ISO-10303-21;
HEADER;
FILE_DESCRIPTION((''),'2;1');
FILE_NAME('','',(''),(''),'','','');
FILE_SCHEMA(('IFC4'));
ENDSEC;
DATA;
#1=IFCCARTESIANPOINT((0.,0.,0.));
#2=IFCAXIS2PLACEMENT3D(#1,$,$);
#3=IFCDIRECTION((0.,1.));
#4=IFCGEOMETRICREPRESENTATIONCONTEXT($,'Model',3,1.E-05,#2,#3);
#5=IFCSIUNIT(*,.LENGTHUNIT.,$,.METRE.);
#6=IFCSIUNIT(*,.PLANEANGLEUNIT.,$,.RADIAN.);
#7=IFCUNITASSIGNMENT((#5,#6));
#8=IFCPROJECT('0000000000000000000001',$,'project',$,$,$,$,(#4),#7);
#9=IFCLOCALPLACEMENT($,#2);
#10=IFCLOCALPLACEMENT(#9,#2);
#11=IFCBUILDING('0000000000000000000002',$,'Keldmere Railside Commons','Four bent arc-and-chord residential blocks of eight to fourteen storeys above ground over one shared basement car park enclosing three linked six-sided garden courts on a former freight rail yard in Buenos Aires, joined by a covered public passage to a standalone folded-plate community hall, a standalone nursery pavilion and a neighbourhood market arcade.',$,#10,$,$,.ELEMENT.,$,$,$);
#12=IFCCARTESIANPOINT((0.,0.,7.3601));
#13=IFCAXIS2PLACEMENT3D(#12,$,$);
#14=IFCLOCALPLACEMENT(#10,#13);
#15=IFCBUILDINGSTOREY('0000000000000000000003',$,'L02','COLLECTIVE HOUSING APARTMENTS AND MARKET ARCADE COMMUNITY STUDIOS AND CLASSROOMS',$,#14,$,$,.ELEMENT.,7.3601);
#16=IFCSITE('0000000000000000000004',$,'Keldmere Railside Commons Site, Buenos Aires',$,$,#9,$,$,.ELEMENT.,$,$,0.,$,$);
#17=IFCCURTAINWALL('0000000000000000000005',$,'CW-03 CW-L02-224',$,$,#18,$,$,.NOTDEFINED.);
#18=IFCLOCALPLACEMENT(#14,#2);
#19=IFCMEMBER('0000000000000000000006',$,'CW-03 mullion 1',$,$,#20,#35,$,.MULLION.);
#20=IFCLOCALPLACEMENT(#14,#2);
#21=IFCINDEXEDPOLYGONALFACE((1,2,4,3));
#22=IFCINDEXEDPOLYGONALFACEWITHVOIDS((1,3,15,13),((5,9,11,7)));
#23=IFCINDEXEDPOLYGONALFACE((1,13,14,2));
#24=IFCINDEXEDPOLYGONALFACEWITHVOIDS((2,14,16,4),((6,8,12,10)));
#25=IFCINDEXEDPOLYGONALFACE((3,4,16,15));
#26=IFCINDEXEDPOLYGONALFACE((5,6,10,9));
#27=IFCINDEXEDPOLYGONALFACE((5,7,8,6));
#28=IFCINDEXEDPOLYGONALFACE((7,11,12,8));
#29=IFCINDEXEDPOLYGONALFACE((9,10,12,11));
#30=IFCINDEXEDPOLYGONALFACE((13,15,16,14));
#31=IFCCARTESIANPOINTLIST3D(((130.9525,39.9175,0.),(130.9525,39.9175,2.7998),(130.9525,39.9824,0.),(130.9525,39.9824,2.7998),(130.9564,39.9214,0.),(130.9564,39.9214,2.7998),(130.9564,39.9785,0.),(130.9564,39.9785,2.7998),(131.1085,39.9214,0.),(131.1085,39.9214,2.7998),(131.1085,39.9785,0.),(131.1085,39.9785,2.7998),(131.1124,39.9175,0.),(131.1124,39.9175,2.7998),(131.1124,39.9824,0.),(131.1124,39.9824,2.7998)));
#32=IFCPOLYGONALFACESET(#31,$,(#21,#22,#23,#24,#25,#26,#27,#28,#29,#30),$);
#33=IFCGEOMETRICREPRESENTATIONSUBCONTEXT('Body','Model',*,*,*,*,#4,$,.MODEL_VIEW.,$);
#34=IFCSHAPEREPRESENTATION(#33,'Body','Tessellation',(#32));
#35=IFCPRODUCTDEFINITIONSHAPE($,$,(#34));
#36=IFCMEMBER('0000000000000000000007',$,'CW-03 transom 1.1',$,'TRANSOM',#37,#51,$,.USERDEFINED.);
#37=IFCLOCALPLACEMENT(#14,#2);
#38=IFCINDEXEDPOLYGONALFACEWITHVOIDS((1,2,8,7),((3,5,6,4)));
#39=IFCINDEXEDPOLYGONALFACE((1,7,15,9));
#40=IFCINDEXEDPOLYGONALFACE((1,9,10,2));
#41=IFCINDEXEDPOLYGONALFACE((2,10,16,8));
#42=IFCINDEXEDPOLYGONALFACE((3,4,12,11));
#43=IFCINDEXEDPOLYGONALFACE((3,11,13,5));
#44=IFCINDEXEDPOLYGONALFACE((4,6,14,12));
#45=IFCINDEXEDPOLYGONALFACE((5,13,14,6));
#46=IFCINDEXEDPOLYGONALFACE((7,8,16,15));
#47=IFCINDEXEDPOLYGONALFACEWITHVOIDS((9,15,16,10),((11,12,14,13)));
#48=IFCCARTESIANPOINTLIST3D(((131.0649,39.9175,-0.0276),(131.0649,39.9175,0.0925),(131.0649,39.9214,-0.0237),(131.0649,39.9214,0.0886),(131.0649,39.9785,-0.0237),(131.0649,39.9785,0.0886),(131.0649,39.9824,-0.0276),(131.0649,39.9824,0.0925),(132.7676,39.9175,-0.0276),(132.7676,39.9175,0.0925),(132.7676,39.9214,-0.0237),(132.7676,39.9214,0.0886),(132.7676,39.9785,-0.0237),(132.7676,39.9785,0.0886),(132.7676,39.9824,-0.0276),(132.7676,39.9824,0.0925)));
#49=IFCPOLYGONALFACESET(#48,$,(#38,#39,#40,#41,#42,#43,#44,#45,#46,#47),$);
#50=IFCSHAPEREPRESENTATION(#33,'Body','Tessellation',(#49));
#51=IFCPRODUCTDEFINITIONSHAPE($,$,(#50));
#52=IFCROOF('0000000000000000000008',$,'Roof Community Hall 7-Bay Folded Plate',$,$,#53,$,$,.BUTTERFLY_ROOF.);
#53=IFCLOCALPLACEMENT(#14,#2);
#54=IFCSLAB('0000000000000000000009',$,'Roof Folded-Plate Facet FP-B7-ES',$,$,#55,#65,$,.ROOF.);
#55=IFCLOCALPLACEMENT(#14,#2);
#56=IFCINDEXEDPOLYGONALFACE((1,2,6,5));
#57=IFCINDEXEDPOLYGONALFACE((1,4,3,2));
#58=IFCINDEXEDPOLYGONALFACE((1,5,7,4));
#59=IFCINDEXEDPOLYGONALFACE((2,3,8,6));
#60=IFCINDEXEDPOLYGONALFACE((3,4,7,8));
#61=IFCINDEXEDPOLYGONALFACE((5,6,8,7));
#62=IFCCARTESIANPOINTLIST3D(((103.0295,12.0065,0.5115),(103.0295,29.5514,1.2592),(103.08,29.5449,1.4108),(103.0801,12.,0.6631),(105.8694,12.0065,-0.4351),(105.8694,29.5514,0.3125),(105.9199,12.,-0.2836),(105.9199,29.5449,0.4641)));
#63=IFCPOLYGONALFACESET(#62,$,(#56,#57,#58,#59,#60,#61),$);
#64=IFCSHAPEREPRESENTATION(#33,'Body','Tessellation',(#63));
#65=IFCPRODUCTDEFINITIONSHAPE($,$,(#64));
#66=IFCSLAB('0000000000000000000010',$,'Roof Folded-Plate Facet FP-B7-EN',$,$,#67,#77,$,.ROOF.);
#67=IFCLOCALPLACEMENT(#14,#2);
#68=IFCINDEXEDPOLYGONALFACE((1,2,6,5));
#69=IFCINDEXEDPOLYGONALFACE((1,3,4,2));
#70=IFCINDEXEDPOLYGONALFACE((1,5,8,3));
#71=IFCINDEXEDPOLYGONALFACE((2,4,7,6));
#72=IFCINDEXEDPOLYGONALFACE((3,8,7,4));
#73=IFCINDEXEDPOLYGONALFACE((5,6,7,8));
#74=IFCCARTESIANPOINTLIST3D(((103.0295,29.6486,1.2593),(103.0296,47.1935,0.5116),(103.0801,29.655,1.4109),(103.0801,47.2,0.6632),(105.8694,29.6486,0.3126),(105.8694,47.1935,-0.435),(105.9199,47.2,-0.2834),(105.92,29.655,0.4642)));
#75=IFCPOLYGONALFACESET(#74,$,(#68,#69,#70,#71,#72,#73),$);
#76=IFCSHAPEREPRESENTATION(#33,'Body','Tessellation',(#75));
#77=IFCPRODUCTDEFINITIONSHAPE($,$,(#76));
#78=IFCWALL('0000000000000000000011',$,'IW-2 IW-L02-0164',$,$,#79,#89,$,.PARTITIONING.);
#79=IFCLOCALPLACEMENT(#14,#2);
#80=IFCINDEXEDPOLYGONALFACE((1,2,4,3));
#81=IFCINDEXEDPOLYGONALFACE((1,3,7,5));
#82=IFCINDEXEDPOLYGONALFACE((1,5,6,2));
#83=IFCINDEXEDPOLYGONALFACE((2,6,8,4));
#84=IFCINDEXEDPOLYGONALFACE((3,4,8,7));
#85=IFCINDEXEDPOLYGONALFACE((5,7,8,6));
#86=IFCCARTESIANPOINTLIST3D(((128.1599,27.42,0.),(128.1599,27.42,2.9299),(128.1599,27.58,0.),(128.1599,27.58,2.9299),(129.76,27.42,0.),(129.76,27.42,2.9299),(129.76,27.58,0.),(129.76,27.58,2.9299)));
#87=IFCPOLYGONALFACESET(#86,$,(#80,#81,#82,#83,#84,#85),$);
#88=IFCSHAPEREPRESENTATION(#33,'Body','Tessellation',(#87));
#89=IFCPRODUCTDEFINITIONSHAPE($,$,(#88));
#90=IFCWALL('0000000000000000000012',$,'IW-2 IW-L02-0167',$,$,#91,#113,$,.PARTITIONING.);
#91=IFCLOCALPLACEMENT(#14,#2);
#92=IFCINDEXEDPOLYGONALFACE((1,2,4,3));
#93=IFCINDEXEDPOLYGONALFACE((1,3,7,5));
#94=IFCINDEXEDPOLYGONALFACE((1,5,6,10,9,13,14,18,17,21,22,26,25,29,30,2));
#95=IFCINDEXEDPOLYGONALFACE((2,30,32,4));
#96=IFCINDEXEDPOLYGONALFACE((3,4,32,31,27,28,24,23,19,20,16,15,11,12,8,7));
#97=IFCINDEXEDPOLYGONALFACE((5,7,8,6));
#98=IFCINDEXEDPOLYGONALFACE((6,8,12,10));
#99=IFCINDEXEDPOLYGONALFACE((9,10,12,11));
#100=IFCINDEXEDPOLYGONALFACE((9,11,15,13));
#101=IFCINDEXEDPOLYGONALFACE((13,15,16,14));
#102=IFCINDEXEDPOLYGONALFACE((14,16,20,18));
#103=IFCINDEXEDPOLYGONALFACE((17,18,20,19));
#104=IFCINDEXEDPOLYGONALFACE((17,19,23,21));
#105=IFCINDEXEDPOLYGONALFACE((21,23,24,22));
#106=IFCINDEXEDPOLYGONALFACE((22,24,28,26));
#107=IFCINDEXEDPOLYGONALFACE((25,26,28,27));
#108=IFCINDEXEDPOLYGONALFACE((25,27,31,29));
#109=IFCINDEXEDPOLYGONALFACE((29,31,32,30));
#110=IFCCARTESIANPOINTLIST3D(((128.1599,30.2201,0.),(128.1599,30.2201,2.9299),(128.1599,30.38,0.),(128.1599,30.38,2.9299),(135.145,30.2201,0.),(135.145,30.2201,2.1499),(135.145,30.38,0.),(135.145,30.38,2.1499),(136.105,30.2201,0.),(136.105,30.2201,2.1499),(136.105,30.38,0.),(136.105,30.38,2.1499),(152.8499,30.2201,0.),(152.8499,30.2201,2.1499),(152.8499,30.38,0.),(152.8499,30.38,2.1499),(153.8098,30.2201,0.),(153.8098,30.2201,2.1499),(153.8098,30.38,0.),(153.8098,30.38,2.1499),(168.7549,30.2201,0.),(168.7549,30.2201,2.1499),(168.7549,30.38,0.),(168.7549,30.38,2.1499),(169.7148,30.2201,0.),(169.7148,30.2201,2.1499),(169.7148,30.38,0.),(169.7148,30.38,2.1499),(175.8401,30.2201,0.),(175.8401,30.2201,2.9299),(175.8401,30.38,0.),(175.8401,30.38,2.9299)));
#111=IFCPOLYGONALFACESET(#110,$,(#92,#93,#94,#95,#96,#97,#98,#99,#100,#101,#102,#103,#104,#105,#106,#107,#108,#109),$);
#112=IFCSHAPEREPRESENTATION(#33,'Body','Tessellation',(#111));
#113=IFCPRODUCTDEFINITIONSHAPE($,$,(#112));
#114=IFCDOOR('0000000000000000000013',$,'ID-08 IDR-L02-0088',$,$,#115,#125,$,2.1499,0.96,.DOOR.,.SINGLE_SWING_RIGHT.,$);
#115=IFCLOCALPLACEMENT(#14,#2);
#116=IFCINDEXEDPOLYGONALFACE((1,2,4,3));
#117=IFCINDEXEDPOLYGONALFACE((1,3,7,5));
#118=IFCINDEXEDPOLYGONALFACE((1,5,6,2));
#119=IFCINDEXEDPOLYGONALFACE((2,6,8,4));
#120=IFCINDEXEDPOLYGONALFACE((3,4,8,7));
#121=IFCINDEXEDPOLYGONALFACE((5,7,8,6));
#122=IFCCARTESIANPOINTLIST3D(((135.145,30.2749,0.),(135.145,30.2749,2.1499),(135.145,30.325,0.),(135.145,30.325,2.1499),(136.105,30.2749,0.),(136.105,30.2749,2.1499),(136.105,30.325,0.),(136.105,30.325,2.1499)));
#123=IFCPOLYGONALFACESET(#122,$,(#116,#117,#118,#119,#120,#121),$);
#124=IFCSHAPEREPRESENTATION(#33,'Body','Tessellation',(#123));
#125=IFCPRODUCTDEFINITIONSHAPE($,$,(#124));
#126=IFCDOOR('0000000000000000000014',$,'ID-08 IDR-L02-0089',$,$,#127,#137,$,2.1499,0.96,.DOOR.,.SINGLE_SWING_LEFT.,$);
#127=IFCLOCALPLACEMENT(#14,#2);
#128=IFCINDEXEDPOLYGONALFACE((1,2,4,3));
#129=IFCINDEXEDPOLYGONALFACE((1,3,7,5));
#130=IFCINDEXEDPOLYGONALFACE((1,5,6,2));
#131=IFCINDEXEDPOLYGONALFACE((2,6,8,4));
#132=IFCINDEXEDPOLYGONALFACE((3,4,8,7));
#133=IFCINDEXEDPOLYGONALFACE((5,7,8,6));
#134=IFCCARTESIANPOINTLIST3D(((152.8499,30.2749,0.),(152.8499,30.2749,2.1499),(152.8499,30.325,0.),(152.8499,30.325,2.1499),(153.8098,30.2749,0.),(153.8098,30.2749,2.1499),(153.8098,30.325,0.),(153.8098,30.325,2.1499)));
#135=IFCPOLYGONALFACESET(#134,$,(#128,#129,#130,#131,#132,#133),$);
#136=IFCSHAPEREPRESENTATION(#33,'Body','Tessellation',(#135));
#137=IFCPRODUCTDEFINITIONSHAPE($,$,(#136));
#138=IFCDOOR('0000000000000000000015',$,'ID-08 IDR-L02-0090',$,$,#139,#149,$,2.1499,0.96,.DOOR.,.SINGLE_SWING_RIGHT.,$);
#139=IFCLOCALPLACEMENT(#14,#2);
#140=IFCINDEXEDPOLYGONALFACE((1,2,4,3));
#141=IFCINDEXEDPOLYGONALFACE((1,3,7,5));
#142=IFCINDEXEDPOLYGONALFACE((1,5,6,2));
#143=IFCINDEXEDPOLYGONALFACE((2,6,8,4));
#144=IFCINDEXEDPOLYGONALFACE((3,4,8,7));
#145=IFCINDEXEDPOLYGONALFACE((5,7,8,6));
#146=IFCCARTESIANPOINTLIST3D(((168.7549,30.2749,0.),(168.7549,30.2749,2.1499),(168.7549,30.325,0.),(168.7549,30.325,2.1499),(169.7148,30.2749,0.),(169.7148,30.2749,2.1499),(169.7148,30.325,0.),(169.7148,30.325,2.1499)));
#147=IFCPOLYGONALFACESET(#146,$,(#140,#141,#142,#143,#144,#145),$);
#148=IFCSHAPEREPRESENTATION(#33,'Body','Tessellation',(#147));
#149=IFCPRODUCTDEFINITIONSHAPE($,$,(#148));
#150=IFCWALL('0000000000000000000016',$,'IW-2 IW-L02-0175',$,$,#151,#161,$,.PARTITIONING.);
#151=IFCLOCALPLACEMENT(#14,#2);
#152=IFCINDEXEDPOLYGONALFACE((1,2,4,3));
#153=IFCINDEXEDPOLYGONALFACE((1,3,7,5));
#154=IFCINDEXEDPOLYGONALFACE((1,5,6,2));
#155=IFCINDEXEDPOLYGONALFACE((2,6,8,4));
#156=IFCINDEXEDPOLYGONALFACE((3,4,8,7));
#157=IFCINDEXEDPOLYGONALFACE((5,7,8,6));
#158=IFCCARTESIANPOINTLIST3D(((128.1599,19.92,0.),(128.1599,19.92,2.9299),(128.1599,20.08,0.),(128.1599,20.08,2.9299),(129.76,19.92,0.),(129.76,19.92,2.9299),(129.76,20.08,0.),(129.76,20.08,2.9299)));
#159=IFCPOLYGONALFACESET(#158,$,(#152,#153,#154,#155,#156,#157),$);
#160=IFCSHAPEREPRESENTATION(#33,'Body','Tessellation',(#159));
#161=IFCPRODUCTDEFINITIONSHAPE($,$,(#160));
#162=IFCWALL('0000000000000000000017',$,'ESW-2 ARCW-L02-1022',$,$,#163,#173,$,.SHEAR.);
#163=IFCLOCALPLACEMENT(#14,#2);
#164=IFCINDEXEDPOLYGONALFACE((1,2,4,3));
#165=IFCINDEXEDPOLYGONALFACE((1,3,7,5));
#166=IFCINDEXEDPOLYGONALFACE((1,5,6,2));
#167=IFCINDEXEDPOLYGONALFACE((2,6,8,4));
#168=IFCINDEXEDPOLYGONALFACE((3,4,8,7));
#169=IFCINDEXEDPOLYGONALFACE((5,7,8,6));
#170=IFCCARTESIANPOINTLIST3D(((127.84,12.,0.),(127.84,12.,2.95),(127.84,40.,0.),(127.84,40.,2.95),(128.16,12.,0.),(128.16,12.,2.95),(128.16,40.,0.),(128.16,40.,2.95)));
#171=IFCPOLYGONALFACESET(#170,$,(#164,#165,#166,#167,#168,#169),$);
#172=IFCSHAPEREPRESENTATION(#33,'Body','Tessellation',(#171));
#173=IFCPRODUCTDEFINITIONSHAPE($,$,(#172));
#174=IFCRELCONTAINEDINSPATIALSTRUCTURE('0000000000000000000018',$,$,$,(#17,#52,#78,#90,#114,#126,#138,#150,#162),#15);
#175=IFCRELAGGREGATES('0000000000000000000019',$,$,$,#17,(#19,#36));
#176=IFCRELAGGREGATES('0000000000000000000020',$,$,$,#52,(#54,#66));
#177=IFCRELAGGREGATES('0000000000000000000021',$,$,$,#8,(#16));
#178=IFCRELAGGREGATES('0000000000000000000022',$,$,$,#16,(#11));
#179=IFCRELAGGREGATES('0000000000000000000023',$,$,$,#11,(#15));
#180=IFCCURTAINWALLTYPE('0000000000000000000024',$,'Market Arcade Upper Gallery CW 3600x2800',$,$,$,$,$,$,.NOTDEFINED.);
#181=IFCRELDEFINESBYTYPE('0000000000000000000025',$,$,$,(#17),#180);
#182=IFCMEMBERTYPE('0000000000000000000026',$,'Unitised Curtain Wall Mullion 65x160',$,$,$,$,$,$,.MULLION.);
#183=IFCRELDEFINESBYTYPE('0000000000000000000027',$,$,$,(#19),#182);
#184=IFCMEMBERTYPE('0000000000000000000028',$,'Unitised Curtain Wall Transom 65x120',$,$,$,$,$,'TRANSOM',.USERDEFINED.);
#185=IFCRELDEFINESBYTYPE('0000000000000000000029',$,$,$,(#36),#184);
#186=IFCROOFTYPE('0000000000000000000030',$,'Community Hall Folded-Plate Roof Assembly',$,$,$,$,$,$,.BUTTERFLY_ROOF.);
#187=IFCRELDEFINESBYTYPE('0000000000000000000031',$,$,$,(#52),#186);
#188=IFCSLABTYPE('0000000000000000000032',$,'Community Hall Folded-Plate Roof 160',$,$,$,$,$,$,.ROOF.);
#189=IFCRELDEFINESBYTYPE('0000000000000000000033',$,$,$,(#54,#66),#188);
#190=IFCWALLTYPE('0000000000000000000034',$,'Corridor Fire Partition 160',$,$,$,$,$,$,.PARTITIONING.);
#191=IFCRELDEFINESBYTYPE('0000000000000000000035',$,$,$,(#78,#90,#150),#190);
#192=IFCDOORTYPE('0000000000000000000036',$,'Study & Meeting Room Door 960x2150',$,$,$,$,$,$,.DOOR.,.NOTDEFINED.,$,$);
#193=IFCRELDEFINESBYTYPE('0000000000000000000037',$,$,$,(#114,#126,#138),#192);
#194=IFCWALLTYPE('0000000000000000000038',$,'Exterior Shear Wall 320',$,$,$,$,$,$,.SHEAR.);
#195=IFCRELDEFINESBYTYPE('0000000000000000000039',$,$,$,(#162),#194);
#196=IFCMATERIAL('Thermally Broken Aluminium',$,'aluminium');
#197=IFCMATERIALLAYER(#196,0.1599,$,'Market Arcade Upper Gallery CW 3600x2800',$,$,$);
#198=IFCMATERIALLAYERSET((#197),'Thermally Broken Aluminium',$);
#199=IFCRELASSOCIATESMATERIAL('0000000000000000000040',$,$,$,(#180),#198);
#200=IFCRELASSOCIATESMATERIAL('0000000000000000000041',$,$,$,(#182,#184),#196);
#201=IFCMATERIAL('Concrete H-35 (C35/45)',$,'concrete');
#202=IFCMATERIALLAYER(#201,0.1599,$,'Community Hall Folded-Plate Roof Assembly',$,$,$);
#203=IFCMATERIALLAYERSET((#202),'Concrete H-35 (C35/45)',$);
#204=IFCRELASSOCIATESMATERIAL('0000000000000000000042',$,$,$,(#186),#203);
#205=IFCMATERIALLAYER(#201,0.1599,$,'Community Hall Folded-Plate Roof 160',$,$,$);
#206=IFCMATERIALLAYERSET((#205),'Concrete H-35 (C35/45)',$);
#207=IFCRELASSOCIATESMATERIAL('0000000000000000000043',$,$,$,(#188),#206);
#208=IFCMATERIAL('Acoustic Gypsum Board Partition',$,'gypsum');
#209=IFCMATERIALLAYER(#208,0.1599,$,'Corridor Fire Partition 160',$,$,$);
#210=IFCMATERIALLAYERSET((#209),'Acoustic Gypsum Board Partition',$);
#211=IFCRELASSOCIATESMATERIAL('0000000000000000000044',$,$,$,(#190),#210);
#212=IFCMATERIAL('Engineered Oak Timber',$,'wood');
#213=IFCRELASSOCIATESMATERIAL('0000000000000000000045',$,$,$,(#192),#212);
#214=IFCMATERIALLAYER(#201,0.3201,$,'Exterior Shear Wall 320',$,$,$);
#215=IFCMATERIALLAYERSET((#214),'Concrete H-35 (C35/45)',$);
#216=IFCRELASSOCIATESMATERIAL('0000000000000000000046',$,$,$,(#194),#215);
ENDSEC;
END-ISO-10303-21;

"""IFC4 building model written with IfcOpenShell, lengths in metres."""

from ifc_helpers import new_model, si_unit, direction, frame, frame_2d, origin, origin_2d, place, context, subcontext, project, spatial, polyline, rectangle, hollow_rectangle, outline, extrude, material, layer, layer_set, material_profile, profile_set, type_object, element, fill, aggregate, save


model = new_model("IFC4")

# Units and contexts
model_context = context("Model", 3, precision=1e-05, world=origin(), true_north=direction((0.0, 1.0)))
body_context = subcontext(model_context, "Body", "Model", "MODEL_VIEW")
ifc_project = project(units=[si_unit("LENGTHUNIT", "METRE"), si_unit("PLANEANGLEUNIT", "RADIAN")], contexts=[model_context])

# Site, building, storey
site_placement = place(None, origin())
site = spatial("IfcSite", under=ifc_project, at=site_placement, Name="Keldmere Railside Commons Site, Buenos Aires", CompositionType="ELEMENT", RefElevation=0.0)
building_placement = place(site_placement, origin())
building = spatial("IfcBuilding", under=site, at=building_placement, Name="Keldmere Railside Commons", Description="Four bent arc-and-chord residential blocks of eight to fourteen storeys above ground over one shared basement car park enclosing three linked six-sided garden courts on a former freight rail yard in Buenos Aires, joined by a covered public passage to a standalone folded-plate community hall, a standalone nursery pavilion and a neighbourhood market arcade.", CompositionType="ELEMENT")
storey_placement = place(building_placement, frame((0.0, 0.0, 7.3601)))
storey = spatial("IfcBuildingStorey", under=building, at=storey_placement, Name="L02", Description="COLLECTIVE HOUSING APARTMENTS AND MARKET ARCADE COMMUNITY STUDIOS AND CLASSROOMS", CompositionType="ELEMENT", Elevation=7.3601)

# Shared definitions
ifc_material_1 = material(Name="Concrete H-35 (C35/45)", Category="concrete")

# Curtain wall, members
ifc_material_2 = material(Name="Thermally Broken Aluminium", Category="aluminium")
ifc_layer_1 = layer(ifc_material_2, 0.1599, Name="Market Arcade Upper Gallery CW 3600x2800")
ifc_layer_set_1 = layer_set([ifc_layer_1], Name="Thermally Broken Aluminium")
curtain_wall_type = type_object("IfcCurtainWallType", Name="Market Arcade Upper Gallery CW 3600x2800", PredefinedType="NOTDEFINED", material=ifc_layer_set_1)
curtain_wall_placement = place(storey_placement, origin())
curtain_wall = element("IfcCurtainWall", 1, at=curtain_wall_placement, inside=storey, type_object=curtain_wall_type, Name="CW-03 CW-L02-224", PredefinedType="NOTDEFINED")
ifc_material_profile_1 = material_profile(ifc_material_2, hollow_rectangle(XDim=0.0649, YDim=0.1599, WallThickness=0.0039, at=origin_2d()), Name="ALU-MULL-65x160")
ifc_profile_set_1 = profile_set([ifc_material_profile_1], Name="Thermally Broken Aluminium")
member_type_1 = type_object("IfcMemberType", Name="Unitised Curtain Wall Mullion 65x160", PredefinedType="MULLION", material=ifc_profile_set_1)
member_1_placement = place(storey_placement, frame((131.0325, 39.95, 0.0), z_axis=(0.0, 0.0, 1.0), x_axis=(0.0, 1.0, 0.0)))
member_1 = element("IfcMember", 2, at=member_1_placement, type_object=member_type_1, Name="CW-03 mullion 1", PredefinedType="MULLION", context=body_context, shape_type="SweptSolid", body=[
    extrude(hollow_rectangle(XDim=0.0649, YDim=0.1599, WallThickness=0.0039, at=origin_2d()), origin(), (0.0, 0.0, 1.0), 2.7998),
])
ifc_material_profile_2 = material_profile(ifc_material_2, hollow_rectangle(XDim=0.0649, YDim=0.1201, WallThickness=0.0039, at=origin_2d()), Name="ALU-TRAN-65x120")
ifc_profile_set_2 = profile_set([ifc_material_profile_2], Name="Thermally Broken Aluminium")
member_type_2 = type_object("IfcMemberType", Name="Unitised Curtain Wall Transom 65x120", ElementType="TRANSOM", PredefinedType="USERDEFINED", material=ifc_profile_set_2)
member_2_placement = place(storey_placement, frame((131.0649, 39.95, 0.0325), z_axis=(1.0, 0.0, 0.0), x_axis=(0.0, 1.0, 0.0)))
member_2 = element("IfcMember", 3, at=member_2_placement, type_object=member_type_2, Name="CW-03 transom 1.1", ObjectType="TRANSOM", PredefinedType="USERDEFINED", context=body_context, shape_type="SweptSolid", body=[
    extrude(hollow_rectangle(XDim=0.0649, YDim=0.1201, WallThickness=0.0039, at=origin_2d()), origin(), (0.0, 0.0, 1.0), 1.7026),
])
aggregate(curtain_wall, [member_1, member_2])

# Roof, slabs
ifc_layer_2 = layer(ifc_material_1, 0.1599, Name="Community Hall Folded-Plate Roof Assembly")
ifc_layer_set_2 = layer_set([ifc_layer_2], Name="Concrete H-35 (C35/45)")
roof_type = type_object("IfcRoofType", Name="Community Hall Folded-Plate Roof Assembly", PredefinedType="BUTTERFLY_ROOF", material=ifc_layer_set_2)
roof_placement = place(storey_placement, origin())
roof = element("IfcRoof", 4, at=roof_placement, inside=storey, type_object=roof_type, Name="Roof Community Hall 7-Bay Folded Plate", PredefinedType="BUTTERFLY_ROOF")
ifc_layer_3 = layer(ifc_material_1, 0.1599, Name="Community Hall Folded-Plate Roof 160")
ifc_layer_set_3 = layer_set([ifc_layer_3], Name="Concrete H-35 (C35/45)")
slab_type = type_object("IfcSlabType", Name="Community Hall Folded-Plate Roof 160", PredefinedType="ROOF", material=ifc_layer_set_3)
slab_1_placement = place(storey_placement, frame((103.0801, 12.0, 0.6631), z_axis=(0.315982, -0.040395, 0.947905), x_axis=(0.948679, 0.000002, -0.31624)))
slab_1 = element("IfcSlab", 5, at=slab_1_placement, type_object=slab_type, Name="Roof Folded-Plate Facet FP-B7-ES", PredefinedType="ROOF", context=body_context, shape_type="SweptSolid", body=[
    extrude(outline(polyline([(0.0, 0.0), (2.9934, 0.0), (2.7571, 17.5592), (-0.2365, 17.5593), (0.0, 0.0)])), origin(), (0.0, 0.0, -1.0), 0.1599),
])
slab_2_placement = place(storey_placement, frame((103.0801, 29.655, 1.4109), z_axis=(0.315982, 0.040395, 0.947905), x_axis=(0.948679, 0.000002, -0.31624)))
slab_2 = element("IfcSlab", 6, at=slab_2_placement, type_object=slab_type, Name="Roof Folded-Plate Facet FP-B7-EN", PredefinedType="ROOF", context=body_context, shape_type="SweptSolid", body=[
    extrude(outline(polyline([(0.0, 0.0), (2.9935, 0.0), (3.2299, 17.5592), (0.2365, 17.5593), (0.0, 0.0)])), origin(), (0.0, 0.0, -1.0), 0.1599),
])
aggregate(roof, [slab_1, slab_2])

# Wall
ifc_material_3 = material(Name="Acoustic Gypsum Board Partition", Category="gypsum")
ifc_layer_4 = layer(ifc_material_3, 0.1599, Name="Corridor Fire Partition 160")
ifc_layer_set_4 = layer_set([ifc_layer_4], Name="Acoustic Gypsum Board Partition")
wall_type_1 = type_object("IfcWallType", Name="Corridor Fire Partition 160", PredefinedType="PARTITIONING", material=ifc_layer_set_4)
wall_1_placement = place(storey_placement, frame((128.1599, 27.5, 0.0), z_axis=(0.0, 0.0, 1.0), x_axis=(1.0, 0.0, 0.0)))
element("IfcWall", 7, at=wall_1_placement, inside=storey, type_object=wall_type_1, Name="IW-2 IW-L02-0164", PredefinedType="PARTITIONING", context=body_context, shape_type="SweptSolid", body=[
    extrude(rectangle(XDim=1.6001, YDim=0.1599, at=frame_2d((0.8, 0.0))), origin(), (0.0, 0.0, 1.0), 2.9299),
])

# Wall, openings, doors
wall_2_placement = place(storey_placement, frame((128.1599, 30.3, 0.0), z_axis=(0.0, 0.0, 1.0), x_axis=(1.0, 0.0, 0.0)))
wall_2 = element("IfcWall", 8, at=wall_2_placement, inside=storey, type_object=wall_type_1, Name="IW-2 IW-L02-0167", PredefinedType="PARTITIONING", context=body_context, shape_type="SweptSolid", body=[
    extrude(rectangle(XDim=47.6802, YDim=0.1599, at=frame_2d((23.8401, 0.0))), origin(), (0.0, 0.0, 1.0), 2.9299),
])
opening_1_placement = place(wall_2_placement, frame((6.9851, 0.0, 0.0)))
opening_1 = element("IfcOpeningElement", 9, at=opening_1_placement, cuts=wall_2, PredefinedType="OPENING", context=body_context, shape_type="SweptSolid", body=[
    extrude(rectangle(XDim=0.96, YDim=2.1499, at=frame_2d((0.48, 1.075))), frame((0.0, 0.0898, 0.0), z_axis=(0.0, -1.0, 0.0), x_axis=(1.0, 0.0, 0.0)), (0.0, 0.0, 1.0), 0.1799),
])
opening_2_placement = place(wall_2_placement, frame((24.6899, 0.0, 0.0)))
opening_2 = element("IfcOpeningElement", 10, at=opening_2_placement, cuts=wall_2, PredefinedType="OPENING", context=body_context, shape_type="SweptSolid", body=[
    extrude(rectangle(XDim=0.96, YDim=2.1499, at=frame_2d((0.48, 1.075))), frame((0.0, 0.0898, 0.0), z_axis=(0.0, -1.0, 0.0), x_axis=(1.0, 0.0, 0.0)), (0.0, 0.0, 1.0), 0.1799),
])
opening_3_placement = place(wall_2_placement, frame((40.595, 0.0, 0.0)))
opening_3 = element("IfcOpeningElement", 11, at=opening_3_placement, cuts=wall_2, PredefinedType="OPENING", context=body_context, shape_type="SweptSolid", body=[
    extrude(rectangle(XDim=0.96, YDim=2.1499, at=frame_2d((0.48, 1.075))), frame((0.0, 0.0898, 0.0), z_axis=(0.0, -1.0, 0.0), x_axis=(1.0, 0.0, 0.0)), (0.0, 0.0, 1.0), 0.1799),
])
ifc_material_4 = material(Name="Engineered Oak Timber", Category="wood")
door_type = type_object("IfcDoorType", Name="Study & Meeting Room Door 960x2150", OperationType="NOTDEFINED", PredefinedType="DOOR", material=ifc_material_4)
door_1_placement = place(opening_1_placement, origin())
door_1 = element("IfcDoor", 12, at=door_1_placement, inside=storey, type_object=door_type, Name="ID-08 IDR-L02-0088", OperationType="SINGLE_SWING_RIGHT", OverallHeight=2.1499, OverallWidth=0.96, PredefinedType="DOOR", context=body_context, shape_type="SweptSolid", body=[
    extrude(rectangle(XDim=0.96, YDim=2.1499, at=frame_2d((0.48, 1.075))), frame((0.0, 0.0249, 0.0), z_axis=(0.0, -1.0, 0.0), x_axis=(1.0, 0.0, 0.0)), (0.0, 0.0, 1.0), 0.05),
])
fill(opening_1, door_1)
door_2_placement = place(opening_2_placement, origin())
door_2 = element("IfcDoor", 13, at=door_2_placement, inside=storey, type_object=door_type, Name="ID-08 IDR-L02-0089", OperationType="SINGLE_SWING_LEFT", OverallHeight=2.1499, OverallWidth=0.96, PredefinedType="DOOR", context=body_context, shape_type="SweptSolid", body=[
    extrude(rectangle(XDim=0.96, YDim=2.1499, at=frame_2d((0.48, 1.075))), frame((0.0, 0.0249, 0.0), z_axis=(0.0, -1.0, 0.0), x_axis=(1.0, 0.0, 0.0)), (0.0, 0.0, 1.0), 0.05),
])
fill(opening_2, door_2)
door_3_placement = place(opening_3_placement, origin())
door_3 = element("IfcDoor", 14, at=door_3_placement, inside=storey, type_object=door_type, Name="ID-08 IDR-L02-0090", OperationType="SINGLE_SWING_RIGHT", OverallHeight=2.1499, OverallWidth=0.96, PredefinedType="DOOR", context=body_context, shape_type="SweptSolid", body=[
    extrude(rectangle(XDim=0.96, YDim=2.1499, at=frame_2d((0.48, 1.075))), frame((0.0, 0.0249, 0.0), z_axis=(0.0, -1.0, 0.0), x_axis=(1.0, 0.0, 0.0)), (0.0, 0.0, 1.0), 0.05),
])
fill(opening_3, door_3)

# Walls
wall_3_placement = place(storey_placement, frame((128.1599, 20.0, 0.0), z_axis=(0.0, 0.0, 1.0), x_axis=(1.0, 0.0, 0.0)))
element("IfcWall", 15, at=wall_3_placement, inside=storey, type_object=wall_type_1, Name="IW-2 IW-L02-0175", PredefinedType="PARTITIONING", context=body_context, shape_type="SweptSolid", body=[
    extrude(rectangle(XDim=1.6001, YDim=0.1599, at=frame_2d((0.8, 0.0))), origin(), (0.0, 0.0, 1.0), 2.9299),
])
ifc_layer_5 = layer(ifc_material_1, 0.3201, Name="Exterior Shear Wall 320")
ifc_layer_set_5 = layer_set([ifc_layer_5], Name="Concrete H-35 (C35/45)")
wall_type_2 = type_object("IfcWallType", Name="Exterior Shear Wall 320", PredefinedType="SHEAR", material=ifc_layer_set_5)
wall_4_placement = place(storey_placement, frame((128.0, 12.0, 0.0), z_axis=(0.0, 0.0, 1.0), x_axis=(0.0, 1.0, 0.0)))
element("IfcWall", 16, at=wall_4_placement, inside=storey, type_object=wall_type_2, Name="ESW-2 ARCW-L02-1022", PredefinedType="SHEAR", context=body_context, shape_type="SweptSolid", body=[
    extrude(rectangle(XDim=28.0, YDim=0.3201, at=frame_2d((14.0, 0.0))), origin(), (0.0, 0.0, 1.0), 2.95),
])

save(model, "model.ifc")
